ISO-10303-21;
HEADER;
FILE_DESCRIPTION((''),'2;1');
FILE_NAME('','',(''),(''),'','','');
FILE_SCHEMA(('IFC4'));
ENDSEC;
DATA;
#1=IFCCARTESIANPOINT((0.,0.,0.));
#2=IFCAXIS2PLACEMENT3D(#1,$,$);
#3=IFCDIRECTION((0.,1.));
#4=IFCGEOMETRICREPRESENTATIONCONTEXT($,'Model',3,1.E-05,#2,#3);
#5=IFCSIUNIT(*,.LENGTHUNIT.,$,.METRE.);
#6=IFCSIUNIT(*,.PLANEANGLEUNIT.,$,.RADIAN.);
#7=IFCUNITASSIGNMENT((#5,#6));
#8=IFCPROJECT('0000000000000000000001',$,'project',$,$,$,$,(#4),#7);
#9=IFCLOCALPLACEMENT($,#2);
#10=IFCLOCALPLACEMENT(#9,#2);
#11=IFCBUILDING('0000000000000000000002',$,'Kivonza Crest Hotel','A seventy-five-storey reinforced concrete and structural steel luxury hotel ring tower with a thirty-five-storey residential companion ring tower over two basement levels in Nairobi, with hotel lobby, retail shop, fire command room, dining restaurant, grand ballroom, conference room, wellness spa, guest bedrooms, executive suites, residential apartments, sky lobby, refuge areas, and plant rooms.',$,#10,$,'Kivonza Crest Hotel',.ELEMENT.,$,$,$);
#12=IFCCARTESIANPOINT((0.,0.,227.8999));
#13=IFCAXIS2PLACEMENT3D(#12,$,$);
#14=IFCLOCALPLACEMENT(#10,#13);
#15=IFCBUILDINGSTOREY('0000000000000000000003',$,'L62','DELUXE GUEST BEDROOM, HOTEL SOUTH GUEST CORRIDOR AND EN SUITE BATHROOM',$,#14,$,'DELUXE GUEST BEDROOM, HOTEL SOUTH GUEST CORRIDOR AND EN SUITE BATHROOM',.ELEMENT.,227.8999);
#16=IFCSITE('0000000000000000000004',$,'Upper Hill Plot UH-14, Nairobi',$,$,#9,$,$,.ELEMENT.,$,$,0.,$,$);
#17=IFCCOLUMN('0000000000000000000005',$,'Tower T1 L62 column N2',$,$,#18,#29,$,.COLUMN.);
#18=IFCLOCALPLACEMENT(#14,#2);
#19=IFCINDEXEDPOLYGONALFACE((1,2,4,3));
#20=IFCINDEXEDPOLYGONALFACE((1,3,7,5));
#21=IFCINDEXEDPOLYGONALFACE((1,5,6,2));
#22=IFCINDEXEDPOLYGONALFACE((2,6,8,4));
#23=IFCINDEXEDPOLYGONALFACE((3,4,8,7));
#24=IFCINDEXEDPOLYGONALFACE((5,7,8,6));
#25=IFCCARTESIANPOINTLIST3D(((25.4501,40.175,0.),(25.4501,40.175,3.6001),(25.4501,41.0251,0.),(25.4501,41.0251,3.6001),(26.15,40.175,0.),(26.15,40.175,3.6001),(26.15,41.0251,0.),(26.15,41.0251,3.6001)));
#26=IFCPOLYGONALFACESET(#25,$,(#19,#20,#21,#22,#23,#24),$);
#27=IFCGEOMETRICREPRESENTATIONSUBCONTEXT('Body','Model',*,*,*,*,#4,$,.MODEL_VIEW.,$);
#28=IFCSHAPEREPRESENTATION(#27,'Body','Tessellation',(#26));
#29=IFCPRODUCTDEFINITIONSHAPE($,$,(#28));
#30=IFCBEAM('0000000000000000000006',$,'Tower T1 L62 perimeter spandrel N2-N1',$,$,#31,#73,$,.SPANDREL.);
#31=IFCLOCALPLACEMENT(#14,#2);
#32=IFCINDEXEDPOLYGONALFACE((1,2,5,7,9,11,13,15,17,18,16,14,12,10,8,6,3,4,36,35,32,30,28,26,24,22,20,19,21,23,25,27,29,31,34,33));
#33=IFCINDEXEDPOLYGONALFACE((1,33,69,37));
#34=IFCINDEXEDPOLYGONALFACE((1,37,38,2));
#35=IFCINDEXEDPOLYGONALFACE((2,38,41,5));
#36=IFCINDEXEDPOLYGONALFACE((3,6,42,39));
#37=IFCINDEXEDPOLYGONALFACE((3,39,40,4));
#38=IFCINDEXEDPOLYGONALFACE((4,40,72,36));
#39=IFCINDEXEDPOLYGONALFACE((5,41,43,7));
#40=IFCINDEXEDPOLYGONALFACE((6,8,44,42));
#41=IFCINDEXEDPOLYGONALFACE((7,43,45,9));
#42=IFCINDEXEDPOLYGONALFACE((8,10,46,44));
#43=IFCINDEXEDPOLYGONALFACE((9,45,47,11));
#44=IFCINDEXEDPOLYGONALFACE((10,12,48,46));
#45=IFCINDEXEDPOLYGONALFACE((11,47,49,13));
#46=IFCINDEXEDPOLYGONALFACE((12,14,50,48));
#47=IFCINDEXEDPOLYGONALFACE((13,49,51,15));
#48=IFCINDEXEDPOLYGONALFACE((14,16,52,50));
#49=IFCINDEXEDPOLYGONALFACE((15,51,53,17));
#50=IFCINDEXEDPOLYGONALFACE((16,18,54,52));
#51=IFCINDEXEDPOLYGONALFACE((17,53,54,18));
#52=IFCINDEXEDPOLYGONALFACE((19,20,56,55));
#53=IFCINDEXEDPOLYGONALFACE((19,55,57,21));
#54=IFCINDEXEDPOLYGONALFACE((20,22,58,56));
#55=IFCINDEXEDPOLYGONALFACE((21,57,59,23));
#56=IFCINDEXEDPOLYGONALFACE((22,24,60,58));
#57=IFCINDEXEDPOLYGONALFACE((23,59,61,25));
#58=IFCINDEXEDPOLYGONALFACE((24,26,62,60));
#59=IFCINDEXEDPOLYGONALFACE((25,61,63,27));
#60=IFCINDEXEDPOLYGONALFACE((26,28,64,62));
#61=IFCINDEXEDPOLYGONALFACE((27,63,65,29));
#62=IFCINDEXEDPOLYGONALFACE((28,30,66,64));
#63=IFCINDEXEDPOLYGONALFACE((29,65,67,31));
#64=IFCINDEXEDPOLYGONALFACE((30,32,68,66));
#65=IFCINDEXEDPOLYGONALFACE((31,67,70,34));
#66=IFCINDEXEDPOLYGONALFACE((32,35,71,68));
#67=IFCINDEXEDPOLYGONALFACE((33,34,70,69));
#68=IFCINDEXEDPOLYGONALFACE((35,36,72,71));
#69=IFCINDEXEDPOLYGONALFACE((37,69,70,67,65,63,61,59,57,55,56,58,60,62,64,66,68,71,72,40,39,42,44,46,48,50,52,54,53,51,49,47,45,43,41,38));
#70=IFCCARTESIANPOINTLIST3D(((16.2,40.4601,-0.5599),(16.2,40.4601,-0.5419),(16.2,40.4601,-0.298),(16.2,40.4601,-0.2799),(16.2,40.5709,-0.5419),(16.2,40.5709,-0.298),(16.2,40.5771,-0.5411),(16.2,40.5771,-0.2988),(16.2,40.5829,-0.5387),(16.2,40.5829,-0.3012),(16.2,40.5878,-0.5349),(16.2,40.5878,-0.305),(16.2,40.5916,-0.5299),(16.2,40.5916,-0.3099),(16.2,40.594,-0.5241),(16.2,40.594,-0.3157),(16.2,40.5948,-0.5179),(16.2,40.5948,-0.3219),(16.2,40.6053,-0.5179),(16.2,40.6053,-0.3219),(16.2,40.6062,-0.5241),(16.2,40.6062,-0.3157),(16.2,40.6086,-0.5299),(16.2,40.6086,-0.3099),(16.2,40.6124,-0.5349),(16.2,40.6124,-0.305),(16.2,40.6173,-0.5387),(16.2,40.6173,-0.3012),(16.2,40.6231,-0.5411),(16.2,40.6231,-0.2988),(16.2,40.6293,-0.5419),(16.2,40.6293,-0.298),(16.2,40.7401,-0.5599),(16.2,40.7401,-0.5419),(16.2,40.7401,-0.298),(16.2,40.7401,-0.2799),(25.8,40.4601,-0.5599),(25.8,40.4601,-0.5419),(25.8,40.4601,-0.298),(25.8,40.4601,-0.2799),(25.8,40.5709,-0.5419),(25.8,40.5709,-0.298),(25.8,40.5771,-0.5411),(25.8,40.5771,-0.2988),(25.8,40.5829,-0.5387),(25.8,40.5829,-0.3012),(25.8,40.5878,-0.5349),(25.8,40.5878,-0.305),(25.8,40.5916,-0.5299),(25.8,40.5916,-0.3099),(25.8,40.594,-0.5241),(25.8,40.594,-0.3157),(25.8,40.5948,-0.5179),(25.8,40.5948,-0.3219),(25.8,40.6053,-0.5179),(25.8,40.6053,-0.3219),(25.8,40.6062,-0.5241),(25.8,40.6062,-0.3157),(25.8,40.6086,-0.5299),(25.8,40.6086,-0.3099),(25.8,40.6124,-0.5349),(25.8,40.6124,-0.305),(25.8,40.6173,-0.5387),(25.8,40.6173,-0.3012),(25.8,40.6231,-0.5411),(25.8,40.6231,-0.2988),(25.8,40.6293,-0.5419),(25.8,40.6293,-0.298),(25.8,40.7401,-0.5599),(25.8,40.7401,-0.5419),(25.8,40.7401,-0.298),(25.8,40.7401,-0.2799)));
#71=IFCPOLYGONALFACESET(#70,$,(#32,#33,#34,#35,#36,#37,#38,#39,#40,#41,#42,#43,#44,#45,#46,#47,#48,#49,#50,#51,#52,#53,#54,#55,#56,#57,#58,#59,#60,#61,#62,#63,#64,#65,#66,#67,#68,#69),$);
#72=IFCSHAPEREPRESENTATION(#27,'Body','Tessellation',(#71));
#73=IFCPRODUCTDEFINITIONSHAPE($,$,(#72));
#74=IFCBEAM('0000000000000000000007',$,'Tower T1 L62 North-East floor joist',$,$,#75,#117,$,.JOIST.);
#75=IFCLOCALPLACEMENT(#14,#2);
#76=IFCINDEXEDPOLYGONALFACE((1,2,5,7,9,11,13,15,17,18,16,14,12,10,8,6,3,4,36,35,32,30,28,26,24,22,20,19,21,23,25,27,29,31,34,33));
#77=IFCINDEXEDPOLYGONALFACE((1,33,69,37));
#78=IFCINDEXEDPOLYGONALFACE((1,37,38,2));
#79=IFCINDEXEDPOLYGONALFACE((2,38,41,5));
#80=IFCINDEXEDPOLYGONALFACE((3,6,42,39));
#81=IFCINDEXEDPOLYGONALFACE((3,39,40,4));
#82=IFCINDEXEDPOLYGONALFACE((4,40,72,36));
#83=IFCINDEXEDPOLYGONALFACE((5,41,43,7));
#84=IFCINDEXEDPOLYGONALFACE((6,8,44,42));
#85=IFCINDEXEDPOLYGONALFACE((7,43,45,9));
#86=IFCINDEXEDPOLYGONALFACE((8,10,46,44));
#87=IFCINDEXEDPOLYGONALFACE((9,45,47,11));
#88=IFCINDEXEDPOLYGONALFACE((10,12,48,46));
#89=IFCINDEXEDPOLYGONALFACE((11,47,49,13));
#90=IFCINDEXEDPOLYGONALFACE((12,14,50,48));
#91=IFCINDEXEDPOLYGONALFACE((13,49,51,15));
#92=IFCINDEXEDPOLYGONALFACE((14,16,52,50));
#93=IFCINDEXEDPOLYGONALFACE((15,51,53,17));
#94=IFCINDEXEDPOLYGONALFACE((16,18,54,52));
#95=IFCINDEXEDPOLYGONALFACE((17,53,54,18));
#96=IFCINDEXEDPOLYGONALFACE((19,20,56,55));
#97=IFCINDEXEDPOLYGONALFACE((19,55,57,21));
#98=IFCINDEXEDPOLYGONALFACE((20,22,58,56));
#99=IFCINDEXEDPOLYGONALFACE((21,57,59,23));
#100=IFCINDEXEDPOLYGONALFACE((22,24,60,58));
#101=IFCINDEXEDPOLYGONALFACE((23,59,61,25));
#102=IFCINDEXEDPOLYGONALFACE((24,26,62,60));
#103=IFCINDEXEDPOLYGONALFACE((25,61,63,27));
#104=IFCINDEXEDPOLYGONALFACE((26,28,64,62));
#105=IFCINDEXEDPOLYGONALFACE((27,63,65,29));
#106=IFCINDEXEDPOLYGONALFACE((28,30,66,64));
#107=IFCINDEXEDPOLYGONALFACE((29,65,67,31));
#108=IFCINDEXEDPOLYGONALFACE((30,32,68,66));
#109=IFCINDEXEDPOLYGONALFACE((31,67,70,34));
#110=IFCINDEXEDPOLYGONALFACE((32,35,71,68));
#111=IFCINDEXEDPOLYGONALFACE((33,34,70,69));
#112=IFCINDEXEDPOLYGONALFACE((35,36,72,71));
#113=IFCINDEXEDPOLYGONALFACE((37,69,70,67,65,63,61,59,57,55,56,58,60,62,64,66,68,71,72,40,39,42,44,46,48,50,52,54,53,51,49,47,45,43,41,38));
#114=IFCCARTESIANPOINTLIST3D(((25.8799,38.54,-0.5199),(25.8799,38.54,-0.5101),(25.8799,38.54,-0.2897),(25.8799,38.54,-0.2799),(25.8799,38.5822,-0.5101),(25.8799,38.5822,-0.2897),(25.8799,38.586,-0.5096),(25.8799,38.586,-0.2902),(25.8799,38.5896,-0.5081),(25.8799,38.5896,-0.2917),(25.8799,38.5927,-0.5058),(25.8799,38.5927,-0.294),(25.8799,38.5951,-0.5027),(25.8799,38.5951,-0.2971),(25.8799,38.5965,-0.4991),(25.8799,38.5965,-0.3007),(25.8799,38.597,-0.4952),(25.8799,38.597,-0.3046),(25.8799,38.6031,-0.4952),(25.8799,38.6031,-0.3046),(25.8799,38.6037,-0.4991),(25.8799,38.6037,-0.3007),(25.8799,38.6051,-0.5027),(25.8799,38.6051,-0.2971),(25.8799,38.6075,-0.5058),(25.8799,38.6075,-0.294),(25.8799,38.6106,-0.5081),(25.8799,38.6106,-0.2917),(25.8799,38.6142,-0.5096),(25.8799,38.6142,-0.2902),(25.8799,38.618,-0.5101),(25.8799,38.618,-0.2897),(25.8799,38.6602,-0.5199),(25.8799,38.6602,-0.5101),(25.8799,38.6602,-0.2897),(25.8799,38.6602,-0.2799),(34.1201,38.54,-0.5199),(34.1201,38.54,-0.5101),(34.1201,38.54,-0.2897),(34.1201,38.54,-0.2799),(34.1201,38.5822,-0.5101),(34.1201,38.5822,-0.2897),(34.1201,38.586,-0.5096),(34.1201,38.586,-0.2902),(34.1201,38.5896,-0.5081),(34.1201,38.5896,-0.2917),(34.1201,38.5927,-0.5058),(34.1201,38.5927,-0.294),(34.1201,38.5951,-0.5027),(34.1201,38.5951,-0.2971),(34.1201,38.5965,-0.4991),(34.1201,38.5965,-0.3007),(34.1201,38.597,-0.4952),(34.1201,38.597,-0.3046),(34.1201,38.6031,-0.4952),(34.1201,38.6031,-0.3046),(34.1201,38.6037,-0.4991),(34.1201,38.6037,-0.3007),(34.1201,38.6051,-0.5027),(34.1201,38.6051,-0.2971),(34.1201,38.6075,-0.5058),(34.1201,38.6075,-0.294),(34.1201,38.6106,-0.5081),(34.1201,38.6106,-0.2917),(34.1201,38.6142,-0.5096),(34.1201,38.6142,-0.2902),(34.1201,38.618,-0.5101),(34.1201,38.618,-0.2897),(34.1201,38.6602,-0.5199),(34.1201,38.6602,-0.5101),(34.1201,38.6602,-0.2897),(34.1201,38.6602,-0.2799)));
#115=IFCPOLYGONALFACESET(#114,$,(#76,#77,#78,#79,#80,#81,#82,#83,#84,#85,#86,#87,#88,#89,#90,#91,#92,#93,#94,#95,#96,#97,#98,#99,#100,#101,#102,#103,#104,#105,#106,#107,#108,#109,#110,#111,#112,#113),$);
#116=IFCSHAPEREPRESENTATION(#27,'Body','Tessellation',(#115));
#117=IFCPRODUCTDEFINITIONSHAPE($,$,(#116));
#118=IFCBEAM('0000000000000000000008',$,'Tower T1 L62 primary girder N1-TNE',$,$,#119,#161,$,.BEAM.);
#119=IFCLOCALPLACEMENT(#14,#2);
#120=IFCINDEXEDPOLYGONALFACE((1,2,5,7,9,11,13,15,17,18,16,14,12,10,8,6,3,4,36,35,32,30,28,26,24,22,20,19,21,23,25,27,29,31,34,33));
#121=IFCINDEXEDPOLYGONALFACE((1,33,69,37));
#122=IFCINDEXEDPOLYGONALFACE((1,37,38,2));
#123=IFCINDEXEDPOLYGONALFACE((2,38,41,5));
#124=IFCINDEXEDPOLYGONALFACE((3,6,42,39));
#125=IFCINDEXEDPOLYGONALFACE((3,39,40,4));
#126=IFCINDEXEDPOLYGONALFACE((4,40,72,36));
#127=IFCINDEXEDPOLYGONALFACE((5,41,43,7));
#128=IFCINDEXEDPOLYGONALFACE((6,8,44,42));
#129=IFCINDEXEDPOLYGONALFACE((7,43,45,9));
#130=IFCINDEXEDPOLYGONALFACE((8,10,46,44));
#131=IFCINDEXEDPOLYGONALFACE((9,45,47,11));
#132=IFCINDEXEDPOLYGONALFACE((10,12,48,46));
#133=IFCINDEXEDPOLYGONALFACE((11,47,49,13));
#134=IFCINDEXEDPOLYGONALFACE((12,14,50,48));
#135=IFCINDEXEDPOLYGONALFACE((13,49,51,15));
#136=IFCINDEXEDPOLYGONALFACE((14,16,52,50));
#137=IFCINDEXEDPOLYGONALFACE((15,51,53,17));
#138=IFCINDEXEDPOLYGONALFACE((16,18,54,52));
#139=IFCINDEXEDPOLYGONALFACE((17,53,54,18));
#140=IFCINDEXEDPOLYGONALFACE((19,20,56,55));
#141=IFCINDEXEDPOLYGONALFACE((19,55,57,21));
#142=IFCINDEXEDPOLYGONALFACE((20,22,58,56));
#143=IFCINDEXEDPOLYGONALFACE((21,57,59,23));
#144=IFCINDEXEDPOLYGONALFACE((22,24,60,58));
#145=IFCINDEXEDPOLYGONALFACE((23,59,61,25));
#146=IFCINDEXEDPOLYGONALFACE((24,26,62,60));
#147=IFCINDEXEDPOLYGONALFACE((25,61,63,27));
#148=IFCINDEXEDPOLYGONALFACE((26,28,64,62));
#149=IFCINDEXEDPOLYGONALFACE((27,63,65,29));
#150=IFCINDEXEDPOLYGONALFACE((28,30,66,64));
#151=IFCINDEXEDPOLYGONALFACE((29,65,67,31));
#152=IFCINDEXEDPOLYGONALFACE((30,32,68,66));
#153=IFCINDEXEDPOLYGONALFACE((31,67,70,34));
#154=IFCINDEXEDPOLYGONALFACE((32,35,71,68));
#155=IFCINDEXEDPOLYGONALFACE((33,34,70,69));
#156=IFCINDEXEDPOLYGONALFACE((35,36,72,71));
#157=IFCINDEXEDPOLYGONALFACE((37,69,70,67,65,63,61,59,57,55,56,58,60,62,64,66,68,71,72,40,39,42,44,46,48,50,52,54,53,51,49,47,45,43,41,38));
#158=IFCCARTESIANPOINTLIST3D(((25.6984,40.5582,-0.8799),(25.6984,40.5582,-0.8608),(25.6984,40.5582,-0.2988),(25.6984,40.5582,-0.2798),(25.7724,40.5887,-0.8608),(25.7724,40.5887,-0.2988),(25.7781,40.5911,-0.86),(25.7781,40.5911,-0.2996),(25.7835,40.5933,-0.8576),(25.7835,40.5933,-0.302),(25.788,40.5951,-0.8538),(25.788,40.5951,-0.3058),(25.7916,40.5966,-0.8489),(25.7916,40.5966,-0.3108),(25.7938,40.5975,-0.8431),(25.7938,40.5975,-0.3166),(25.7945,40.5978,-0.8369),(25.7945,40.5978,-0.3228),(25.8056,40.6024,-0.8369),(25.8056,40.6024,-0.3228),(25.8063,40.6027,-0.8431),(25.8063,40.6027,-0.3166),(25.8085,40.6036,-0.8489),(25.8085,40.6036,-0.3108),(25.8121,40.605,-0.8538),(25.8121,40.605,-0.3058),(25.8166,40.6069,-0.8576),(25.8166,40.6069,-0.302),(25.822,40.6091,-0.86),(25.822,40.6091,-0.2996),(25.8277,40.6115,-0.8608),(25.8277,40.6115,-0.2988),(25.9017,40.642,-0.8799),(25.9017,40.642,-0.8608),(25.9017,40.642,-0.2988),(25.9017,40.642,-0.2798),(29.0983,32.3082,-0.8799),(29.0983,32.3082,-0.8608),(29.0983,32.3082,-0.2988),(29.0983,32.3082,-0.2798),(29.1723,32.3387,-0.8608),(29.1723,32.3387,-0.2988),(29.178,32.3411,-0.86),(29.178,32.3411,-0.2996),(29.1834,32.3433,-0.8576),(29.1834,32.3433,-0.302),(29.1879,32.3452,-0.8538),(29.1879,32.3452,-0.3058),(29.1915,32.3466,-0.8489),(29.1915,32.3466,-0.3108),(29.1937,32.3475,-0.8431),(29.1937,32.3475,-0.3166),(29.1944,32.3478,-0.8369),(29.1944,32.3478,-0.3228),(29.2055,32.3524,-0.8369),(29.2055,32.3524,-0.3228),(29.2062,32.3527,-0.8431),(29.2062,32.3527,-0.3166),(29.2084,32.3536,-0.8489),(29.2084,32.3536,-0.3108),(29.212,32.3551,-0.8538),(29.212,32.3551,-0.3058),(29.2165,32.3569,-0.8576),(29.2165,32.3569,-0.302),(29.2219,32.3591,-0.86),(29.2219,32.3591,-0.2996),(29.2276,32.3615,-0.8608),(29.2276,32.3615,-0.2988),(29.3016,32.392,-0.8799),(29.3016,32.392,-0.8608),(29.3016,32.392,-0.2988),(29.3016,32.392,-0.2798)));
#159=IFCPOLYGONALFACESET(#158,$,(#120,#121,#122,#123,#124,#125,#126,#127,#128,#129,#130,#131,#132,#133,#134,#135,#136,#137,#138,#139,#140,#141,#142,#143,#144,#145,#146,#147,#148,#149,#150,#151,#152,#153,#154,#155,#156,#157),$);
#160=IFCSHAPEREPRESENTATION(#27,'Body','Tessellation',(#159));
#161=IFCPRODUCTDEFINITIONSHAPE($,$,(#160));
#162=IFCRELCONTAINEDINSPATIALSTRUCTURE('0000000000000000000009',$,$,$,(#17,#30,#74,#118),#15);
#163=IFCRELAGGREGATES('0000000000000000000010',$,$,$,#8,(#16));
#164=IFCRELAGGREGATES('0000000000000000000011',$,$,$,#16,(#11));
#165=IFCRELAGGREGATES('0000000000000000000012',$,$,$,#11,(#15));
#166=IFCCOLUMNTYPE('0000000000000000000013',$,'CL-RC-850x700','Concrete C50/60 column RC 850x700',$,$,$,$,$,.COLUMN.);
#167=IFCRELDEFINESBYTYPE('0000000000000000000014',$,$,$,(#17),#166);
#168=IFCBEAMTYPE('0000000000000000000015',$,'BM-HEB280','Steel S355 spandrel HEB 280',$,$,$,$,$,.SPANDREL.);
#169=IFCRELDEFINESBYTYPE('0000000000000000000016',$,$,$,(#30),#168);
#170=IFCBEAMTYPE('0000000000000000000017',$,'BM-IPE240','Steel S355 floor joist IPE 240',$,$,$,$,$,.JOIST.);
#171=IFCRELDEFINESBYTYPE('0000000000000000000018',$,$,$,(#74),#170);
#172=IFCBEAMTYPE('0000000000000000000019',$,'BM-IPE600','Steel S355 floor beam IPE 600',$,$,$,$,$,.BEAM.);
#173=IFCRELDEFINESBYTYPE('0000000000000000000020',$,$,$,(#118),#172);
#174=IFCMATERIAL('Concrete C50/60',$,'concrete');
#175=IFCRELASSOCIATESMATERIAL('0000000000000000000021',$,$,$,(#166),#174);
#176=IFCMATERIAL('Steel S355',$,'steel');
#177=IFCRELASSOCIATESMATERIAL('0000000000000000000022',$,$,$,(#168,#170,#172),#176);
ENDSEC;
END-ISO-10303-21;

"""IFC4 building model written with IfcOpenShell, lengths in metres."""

from ifc_helpers import new_model, si_unit, direction, frame, origin, origin_2d, place, context, subcontext, project, spatial, rectangle, i_section, extrude, material, material_profile, profile_set, type_object, element, save


model = new_model("IFC4")

# Units and contexts
model_context = context("Model", 3, precision=1e-05, world=origin(), true_north=direction((0.0, 1.0)))
body_context = subcontext(model_context, "Body", "Model", "MODEL_VIEW")
ifc_project = project(units=[si_unit("LENGTHUNIT", "METRE"), si_unit("PLANEANGLEUNIT", "RADIAN")], contexts=[model_context])

# Site, building, storey
site_placement = place(None, origin())
site = spatial("IfcSite", under=ifc_project, at=site_placement, Name="Upper Hill Plot UH-14, Nairobi", CompositionType="ELEMENT", RefElevation=0.0)
building_placement = place(site_placement, origin())
building = spatial("IfcBuilding", under=site, at=building_placement, Name="Kivonza Crest Hotel", Description="A seventy-five-storey reinforced concrete and structural steel luxury hotel ring tower with a thirty-five-storey residential companion ring tower over two basement levels in Nairobi, with hotel lobby, retail shop, fire command room, dining restaurant, grand ballroom, conference room, wellness spa, guest bedrooms, executive suites, residential apartments, sky lobby, refuge areas, and plant rooms.", LongName="Kivonza Crest Hotel", CompositionType="ELEMENT")
storey_placement = place(building_placement, frame((0.0, 0.0, 227.8999)))
storey = spatial("IfcBuildingStorey", under=building, at=storey_placement, Name="L62", Description="DELUXE GUEST BEDROOM, HOTEL SOUTH GUEST CORRIDOR AND EN SUITE BATHROOM", LongName="DELUXE GUEST BEDROOM, HOTEL SOUTH GUEST CORRIDOR AND EN SUITE BATHROOM", CompositionType="ELEMENT", Elevation=227.8999)

# Column
ifc_material_1 = material(Name="Concrete C50/60", Category="concrete")
ifc_material_profile_1 = material_profile(ifc_material_1, rectangle(XDim=0.7, YDim=0.8501, at=origin_2d()), Name="RC 850x700")
ifc_profile_set_1 = profile_set([ifc_material_profile_1], Name="Concrete C50/60")
column_type = type_object("IfcColumnType", Name="CL-RC-850x700", Description="Concrete C50/60 column RC 850x700", PredefinedType="COLUMN", material=ifc_profile_set_1)
column_placement = place(storey_placement, frame((25.8, 40.6001, 0.0), z_axis=(0.0, 0.0, 1.0), x_axis=(1.0, 0.0, 0.0)))
element("IfcColumn", 1, at=column_placement, inside=storey, type_object=column_type, Name="Tower T1 L62 column N2", PredefinedType="COLUMN", context=body_context, shape_type="SweptSolid", body=[
    extrude(rectangle(XDim=0.7, YDim=0.8501, at=origin_2d()), origin(), (0.0, 0.0, 1.0), 3.6001),
])

# Beams
ifc_material_2 = material(Name="Steel S355", Category="steel")
ifc_material_profile_2 = material_profile(ifc_material_2, i_section(OverallWidth=0.28, OverallDepth=0.28, WebThickness=0.0105, FlangeThickness=0.0181, FilletRadius=0.0239, at=origin_2d()), Name="HEB 280")
ifc_profile_set_2 = profile_set([ifc_material_profile_2], Name="Steel S355")
beam_type_1 = type_object("IfcBeamType", Name="BM-HEB280", Description="Steel S355 spandrel HEB 280", PredefinedType="SPANDREL", material=ifc_profile_set_2)
beam_1_placement = place(storey_placement, frame((25.8, 40.6001, -0.4199), z_axis=(-1.0, 0.0, 0.0), x_axis=(0.0, -1.0, 0.0)))
element("IfcBeam", 2, at=beam_1_placement, inside=storey, type_object=beam_type_1, Name="Tower T1 L62 perimeter spandrel N2-N1", PredefinedType="SPANDREL", context=body_context, shape_type="SweptSolid", body=[
    extrude(i_section(OverallWidth=0.28, OverallDepth=0.28, WebThickness=0.0105, FlangeThickness=0.0181, FilletRadius=0.0239, at=origin_2d()), origin(), (0.0, 0.0, 1.0), 9.6001),
])
ifc_material_profile_3 = material_profile(ifc_material_2, i_section(OverallWidth=0.1201, OverallDepth=0.24, WebThickness=0.0061, FlangeThickness=0.0098, FilletRadius=0.0149, at=origin_2d()), Name="IPE 240")
ifc_profile_set_3 = profile_set([ifc_material_profile_3], Name="Steel S355")
beam_type_2 = type_object("IfcBeamType", Name="BM-IPE240", Description="Steel S355 floor joist IPE 240", PredefinedType="JOIST", material=ifc_profile_set_3)
beam_2_placement = place(storey_placement, frame((25.8799, 38.6001, -0.3999), z_axis=(1.0, 0.0, 0.0), x_axis=(0.0, 1.0, 0.0)))
element("IfcBeam", 3, at=beam_2_placement, inside=storey, type_object=beam_type_2, Name="Tower T1 L62 North-East floor joist", PredefinedType="JOIST", context=body_context, shape_type="SweptSolid", body=[
    extrude(i_section(OverallWidth=0.1201, OverallDepth=0.24, WebThickness=0.0061, FlangeThickness=0.0098, FilletRadius=0.0149, at=origin_2d()), origin(), (0.0, 0.0, 1.0), 8.2402),
])
ifc_material_profile_4 = material_profile(ifc_material_2, i_section(OverallWidth=0.22, OverallDepth=0.6001, WebThickness=0.012, FlangeThickness=0.019, FilletRadius=0.0239, at=origin_2d()), Name="IPE 600")
ifc_profile_set_4 = profile_set([ifc_material_profile_4], Name="Steel S355")
beam_type_3 = type_object("IfcBeamType", Name="BM-IPE600", Description="Steel S355 floor beam IPE 600", PredefinedType="BEAM", material=ifc_profile_set_4)
beam_3_placement = place(storey_placement, frame((25.8, 40.6001, -0.5798), z_axis=(0.381022, -0.924566, 0.0), x_axis=(0.924566, 0.381022, 0.0)))
element("IfcBeam", 4, at=beam_3_placement, inside=storey, type_object=beam_type_3, Name="Tower T1 L62 primary girder N1-TNE", PredefinedType="BEAM", context=body_context, shape_type="SweptSolid", body=[
    extrude(i_section(OverallWidth=0.22, OverallDepth=0.6001, WebThickness=0.012, FlangeThickness=0.019, FilletRadius=0.0239, at=origin_2d()), origin(), (0.0, 0.0, 1.0), 8.9231),
])

save(model, "model.ifc")
